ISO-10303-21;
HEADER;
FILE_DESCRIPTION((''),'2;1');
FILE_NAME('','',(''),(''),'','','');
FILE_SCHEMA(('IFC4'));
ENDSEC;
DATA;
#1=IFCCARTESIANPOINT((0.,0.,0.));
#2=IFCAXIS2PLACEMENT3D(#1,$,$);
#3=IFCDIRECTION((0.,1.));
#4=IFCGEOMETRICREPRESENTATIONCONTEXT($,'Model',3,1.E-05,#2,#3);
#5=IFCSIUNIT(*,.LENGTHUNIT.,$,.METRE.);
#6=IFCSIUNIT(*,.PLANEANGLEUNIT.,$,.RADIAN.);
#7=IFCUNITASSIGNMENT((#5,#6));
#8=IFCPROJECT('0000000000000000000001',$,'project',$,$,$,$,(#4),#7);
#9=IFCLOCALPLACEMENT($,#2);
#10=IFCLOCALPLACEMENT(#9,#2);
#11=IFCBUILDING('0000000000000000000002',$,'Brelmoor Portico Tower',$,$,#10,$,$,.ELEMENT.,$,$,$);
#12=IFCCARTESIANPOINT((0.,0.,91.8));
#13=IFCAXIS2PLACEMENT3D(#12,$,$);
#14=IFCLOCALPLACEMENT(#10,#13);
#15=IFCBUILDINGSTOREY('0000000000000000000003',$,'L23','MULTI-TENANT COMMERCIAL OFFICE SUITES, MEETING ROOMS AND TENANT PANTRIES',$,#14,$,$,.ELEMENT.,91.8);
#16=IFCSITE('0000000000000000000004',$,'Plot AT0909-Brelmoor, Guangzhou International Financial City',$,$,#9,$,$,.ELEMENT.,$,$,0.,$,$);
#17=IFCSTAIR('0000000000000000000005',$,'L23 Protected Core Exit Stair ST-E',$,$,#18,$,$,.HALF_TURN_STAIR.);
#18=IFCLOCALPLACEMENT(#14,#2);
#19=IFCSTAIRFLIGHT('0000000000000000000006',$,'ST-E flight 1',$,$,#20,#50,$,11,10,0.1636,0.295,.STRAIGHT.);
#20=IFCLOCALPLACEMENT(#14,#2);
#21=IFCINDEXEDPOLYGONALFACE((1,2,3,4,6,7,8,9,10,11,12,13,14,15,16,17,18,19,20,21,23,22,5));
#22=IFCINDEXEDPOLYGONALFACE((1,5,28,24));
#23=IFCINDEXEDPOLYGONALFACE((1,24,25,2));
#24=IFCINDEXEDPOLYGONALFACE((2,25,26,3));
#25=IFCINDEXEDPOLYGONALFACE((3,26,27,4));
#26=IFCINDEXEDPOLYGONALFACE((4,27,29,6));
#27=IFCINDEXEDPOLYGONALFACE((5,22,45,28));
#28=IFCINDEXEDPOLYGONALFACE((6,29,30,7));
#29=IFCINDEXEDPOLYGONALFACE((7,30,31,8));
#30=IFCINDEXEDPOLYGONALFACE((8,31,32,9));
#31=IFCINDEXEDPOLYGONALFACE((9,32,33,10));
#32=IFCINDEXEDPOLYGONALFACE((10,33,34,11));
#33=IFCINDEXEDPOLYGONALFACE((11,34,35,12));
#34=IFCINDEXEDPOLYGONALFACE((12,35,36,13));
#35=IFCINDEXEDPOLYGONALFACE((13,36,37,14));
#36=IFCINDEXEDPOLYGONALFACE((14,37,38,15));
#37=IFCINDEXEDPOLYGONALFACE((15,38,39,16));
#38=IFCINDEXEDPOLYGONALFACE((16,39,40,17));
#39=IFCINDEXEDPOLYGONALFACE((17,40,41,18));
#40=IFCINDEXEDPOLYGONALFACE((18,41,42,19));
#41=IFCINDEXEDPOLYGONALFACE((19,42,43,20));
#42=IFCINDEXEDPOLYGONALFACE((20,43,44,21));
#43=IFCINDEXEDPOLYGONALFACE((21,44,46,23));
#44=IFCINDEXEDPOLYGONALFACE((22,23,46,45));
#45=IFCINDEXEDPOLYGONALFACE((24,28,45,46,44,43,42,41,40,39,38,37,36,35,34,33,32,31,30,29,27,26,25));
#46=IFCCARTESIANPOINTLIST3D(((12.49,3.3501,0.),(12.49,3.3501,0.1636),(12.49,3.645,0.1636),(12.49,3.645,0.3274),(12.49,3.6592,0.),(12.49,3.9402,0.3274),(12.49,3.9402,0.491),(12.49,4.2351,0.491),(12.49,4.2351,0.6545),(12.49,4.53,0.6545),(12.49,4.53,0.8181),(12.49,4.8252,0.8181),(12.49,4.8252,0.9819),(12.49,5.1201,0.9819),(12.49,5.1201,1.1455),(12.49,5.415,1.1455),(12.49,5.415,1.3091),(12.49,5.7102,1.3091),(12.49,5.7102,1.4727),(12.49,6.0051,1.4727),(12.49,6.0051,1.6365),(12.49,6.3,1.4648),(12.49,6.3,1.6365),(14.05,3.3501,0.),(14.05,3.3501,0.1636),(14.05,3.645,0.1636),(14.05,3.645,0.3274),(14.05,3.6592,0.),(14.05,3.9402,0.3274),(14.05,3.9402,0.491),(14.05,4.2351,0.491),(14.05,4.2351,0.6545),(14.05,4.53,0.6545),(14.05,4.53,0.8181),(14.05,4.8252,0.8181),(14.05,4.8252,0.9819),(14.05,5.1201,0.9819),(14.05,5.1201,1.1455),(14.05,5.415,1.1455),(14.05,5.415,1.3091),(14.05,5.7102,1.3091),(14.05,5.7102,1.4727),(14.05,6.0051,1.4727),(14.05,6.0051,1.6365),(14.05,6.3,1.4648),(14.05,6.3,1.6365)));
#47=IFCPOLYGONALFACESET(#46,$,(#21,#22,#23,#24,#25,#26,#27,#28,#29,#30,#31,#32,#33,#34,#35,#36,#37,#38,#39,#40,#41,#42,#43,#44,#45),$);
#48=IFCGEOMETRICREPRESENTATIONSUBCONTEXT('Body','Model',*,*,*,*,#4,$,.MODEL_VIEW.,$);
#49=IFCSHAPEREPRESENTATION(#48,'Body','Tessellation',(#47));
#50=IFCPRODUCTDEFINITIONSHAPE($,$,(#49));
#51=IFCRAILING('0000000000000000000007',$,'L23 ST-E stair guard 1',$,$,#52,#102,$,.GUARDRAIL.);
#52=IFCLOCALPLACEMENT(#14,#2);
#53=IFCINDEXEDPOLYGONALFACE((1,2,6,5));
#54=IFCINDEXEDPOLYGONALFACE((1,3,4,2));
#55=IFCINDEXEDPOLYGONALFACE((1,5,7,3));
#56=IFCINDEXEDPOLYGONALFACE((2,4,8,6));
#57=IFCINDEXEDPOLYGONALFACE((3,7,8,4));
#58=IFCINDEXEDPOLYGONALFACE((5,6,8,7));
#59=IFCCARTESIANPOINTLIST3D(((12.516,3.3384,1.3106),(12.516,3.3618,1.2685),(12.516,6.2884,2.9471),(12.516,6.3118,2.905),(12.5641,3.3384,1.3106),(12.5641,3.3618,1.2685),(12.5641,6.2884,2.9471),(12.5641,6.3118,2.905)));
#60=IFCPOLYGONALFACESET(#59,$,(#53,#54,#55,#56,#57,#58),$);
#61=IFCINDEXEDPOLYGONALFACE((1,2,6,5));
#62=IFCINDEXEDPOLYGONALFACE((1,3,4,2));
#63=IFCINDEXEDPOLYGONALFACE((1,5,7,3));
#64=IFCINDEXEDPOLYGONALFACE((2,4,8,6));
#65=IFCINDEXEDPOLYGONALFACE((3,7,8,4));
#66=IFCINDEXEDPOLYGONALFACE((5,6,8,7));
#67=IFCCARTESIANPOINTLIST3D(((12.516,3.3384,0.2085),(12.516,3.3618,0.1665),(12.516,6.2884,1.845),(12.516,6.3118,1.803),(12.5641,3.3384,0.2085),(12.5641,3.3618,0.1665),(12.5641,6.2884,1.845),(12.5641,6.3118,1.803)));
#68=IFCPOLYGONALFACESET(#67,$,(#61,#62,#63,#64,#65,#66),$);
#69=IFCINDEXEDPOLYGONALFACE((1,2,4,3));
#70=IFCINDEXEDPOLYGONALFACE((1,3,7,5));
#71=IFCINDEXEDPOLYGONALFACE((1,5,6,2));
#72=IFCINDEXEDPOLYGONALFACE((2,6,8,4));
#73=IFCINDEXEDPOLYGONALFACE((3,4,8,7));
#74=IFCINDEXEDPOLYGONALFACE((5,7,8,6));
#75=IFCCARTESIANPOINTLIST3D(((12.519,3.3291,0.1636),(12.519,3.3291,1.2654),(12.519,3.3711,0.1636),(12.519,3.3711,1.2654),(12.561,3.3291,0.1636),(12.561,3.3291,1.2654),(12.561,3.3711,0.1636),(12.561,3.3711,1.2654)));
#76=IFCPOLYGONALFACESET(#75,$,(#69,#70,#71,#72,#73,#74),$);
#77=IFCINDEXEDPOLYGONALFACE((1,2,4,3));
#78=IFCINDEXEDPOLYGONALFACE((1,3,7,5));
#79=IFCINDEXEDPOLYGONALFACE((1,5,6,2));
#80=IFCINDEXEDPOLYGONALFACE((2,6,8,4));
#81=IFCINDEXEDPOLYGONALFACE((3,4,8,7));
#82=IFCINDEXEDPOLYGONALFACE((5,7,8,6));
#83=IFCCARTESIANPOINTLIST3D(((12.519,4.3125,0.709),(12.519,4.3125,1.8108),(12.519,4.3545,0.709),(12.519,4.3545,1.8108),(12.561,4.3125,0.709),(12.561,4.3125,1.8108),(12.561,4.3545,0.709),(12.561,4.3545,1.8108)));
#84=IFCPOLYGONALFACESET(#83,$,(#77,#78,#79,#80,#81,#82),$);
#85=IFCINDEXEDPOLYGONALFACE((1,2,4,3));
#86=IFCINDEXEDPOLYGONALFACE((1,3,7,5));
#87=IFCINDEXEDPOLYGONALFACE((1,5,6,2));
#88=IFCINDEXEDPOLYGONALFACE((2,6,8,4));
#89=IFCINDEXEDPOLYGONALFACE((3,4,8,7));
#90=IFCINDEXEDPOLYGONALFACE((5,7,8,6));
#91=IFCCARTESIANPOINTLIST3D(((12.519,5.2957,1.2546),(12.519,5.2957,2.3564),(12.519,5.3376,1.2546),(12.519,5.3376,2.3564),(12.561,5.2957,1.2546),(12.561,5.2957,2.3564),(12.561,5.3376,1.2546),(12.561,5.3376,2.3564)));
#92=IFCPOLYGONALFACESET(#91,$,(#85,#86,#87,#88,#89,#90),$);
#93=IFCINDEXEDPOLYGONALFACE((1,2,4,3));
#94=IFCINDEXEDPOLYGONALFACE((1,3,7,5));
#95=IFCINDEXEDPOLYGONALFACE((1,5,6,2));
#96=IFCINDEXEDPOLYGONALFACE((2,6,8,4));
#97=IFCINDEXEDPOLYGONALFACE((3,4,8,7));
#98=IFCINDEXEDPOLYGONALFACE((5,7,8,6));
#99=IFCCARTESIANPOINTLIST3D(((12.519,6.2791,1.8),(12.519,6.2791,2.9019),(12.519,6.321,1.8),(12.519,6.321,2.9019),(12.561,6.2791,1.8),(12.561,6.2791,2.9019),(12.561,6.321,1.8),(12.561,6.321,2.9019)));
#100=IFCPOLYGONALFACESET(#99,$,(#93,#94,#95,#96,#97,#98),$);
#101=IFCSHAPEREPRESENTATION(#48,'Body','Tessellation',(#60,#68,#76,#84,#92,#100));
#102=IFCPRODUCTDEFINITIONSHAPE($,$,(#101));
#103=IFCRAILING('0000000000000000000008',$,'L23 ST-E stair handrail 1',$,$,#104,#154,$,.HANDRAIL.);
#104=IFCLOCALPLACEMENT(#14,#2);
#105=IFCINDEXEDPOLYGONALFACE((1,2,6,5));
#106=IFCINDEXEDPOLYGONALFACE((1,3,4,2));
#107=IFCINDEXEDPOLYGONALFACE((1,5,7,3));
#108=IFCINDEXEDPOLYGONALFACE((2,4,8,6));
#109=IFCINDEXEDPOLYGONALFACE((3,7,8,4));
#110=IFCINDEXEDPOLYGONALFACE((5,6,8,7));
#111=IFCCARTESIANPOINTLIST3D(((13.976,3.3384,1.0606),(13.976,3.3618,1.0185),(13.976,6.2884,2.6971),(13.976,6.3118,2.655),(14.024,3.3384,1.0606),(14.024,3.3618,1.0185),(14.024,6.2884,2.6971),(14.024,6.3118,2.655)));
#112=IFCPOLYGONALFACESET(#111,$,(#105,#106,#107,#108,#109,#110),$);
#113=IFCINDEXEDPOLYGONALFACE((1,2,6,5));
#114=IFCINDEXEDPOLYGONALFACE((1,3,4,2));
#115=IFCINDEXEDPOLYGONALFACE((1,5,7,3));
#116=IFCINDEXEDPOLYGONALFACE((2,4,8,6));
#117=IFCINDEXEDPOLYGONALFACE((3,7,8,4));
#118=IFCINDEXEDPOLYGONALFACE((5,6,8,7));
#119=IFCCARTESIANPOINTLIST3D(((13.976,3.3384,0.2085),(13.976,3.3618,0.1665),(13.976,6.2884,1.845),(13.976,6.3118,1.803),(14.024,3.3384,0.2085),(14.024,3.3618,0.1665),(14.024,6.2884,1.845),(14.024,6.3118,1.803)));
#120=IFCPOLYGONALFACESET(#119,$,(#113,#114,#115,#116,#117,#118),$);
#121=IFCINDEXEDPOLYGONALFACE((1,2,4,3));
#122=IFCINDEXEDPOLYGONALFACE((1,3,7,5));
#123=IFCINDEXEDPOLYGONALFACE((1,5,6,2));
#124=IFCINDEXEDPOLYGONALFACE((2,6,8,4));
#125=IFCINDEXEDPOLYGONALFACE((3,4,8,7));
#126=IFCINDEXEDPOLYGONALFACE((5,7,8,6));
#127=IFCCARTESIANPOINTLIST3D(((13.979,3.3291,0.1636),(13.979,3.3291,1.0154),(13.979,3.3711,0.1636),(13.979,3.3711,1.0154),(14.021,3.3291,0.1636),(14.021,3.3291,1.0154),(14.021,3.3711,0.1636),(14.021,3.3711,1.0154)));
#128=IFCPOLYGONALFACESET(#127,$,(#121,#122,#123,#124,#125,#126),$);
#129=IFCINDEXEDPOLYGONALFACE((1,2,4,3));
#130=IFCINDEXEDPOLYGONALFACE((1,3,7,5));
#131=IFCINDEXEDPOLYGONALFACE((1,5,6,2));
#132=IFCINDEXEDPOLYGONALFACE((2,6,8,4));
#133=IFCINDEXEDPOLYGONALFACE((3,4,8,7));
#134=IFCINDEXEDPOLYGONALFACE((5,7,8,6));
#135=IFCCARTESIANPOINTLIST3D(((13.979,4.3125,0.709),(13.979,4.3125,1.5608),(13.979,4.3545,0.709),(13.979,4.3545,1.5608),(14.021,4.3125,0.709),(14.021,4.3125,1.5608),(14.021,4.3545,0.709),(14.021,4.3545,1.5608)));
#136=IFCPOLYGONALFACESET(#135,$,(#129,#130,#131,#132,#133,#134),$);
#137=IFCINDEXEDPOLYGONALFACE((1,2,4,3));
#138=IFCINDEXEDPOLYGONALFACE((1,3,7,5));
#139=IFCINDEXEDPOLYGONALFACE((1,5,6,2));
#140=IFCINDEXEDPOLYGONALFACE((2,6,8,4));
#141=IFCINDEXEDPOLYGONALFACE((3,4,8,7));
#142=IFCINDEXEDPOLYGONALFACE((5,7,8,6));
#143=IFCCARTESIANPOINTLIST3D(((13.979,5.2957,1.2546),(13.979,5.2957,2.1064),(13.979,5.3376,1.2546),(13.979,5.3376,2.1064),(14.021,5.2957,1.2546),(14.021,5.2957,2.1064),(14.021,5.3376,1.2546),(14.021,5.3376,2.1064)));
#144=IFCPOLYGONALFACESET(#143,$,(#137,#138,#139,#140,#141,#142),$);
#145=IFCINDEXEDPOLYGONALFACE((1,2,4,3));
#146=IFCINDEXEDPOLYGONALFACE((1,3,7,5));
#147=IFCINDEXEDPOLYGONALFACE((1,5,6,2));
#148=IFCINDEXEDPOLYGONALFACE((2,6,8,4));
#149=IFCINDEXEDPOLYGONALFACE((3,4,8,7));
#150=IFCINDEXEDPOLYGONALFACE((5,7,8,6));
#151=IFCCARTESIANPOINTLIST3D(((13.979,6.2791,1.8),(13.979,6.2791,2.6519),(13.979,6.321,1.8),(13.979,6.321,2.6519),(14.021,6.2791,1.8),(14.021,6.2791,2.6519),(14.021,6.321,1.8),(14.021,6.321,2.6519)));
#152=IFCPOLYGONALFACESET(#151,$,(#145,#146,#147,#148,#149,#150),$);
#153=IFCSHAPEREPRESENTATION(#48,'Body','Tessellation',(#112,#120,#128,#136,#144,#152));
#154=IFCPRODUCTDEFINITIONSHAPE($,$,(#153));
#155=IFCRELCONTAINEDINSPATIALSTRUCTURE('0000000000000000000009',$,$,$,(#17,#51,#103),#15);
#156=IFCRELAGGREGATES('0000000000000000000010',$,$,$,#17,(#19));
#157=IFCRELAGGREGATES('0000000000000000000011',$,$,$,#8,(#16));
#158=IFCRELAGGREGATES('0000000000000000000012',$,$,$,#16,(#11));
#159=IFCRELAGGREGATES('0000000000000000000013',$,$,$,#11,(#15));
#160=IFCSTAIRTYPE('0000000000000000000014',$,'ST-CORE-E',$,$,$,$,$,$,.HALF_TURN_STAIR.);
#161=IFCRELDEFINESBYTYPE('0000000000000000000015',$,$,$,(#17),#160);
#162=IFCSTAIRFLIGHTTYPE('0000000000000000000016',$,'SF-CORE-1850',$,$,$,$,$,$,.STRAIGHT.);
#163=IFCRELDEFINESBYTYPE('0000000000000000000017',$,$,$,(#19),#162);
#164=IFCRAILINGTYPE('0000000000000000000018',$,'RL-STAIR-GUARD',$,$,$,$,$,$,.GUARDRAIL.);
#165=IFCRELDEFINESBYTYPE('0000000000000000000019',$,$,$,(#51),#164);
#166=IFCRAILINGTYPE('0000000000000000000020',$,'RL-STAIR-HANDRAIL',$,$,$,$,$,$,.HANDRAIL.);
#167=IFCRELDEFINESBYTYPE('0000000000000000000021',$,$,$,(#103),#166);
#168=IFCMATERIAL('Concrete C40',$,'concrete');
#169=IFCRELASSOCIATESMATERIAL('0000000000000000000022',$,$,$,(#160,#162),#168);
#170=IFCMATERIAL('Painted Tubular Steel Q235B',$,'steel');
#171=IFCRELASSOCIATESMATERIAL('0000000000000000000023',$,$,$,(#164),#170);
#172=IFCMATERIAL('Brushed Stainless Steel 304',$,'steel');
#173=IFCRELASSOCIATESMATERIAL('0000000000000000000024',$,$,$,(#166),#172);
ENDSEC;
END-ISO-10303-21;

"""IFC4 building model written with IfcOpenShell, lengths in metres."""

from ifc_helpers import new_model, si_unit, direction, frame, origin, origin_2d, place, context, subcontext, project, spatial, polyline, rectangle, outline, extrude, material, type_object, element, aggregate, save


model = new_model("IFC4")

# Units and contexts
model_context = context("Model", 3, precision=1e-05, world=origin(), true_north=direction((0.0, 1.0)))
body_context = subcontext(model_context, "Body", "Model", "MODEL_VIEW")
ifc_project = project(units=[si_unit("LENGTHUNIT", "METRE"), si_unit("PLANEANGLEUNIT", "RADIAN")], contexts=[model_context])

# Site, building, storey
site_placement = place(None, origin())
site = spatial("IfcSite", under=ifc_project, at=site_placement, Name="Plot AT0909-Brelmoor, Guangzhou International Financial City", CompositionType="ELEMENT", RefElevation=0.0)
building_placement = place(site_placement, origin())
building = spatial("IfcBuilding", under=site, at=building_placement, Name="Brelmoor Portico Tower", CompositionType="ELEMENT")
storey_placement = place(building_placement, frame((0.0, 0.0, 91.8)))
storey = spatial("IfcBuildingStorey", under=building, at=storey_placement, Name="L23", Description="MULTI-TENANT COMMERCIAL OFFICE SUITES, MEETING ROOMS AND TENANT PANTRIES", CompositionType="ELEMENT", Elevation=91.8)

# Shared definitions
ifc_material_1 = material(Name="Concrete C40", Category="concrete")

# Stair, stair flight
stair_type = type_object("IfcStairType", Name="ST-CORE-E", PredefinedType="HALF_TURN_STAIR", material=ifc_material_1)
stair_placement = place(storey_placement, origin())
stair = element("IfcStair", 1, at=stair_placement, inside=storey, type_object=stair_type, Name="L23 Protected Core Exit Stair ST-E", PredefinedType="HALF_TURN_STAIR")
stair_flight_type = type_object("IfcStairFlightType", Name="SF-CORE-1850", PredefinedType="STRAIGHT", material=ifc_material_1)
stair_flight_placement = place(storey_placement, frame((13.27, 3.3501, 0.0), z_axis=(0.0, 0.0, 1.0), x_axis=(0.0, 1.0, 0.0)))
stair_flight = element("IfcStairFlight", 2, at=stair_flight_placement, type_object=stair_flight_type, Name="ST-E flight 1", NumberOfRisers=11, NumberOfTreads=10, PredefinedType="STRAIGHT", RiserHeight=0.1636, TreadLength=0.295, context=body_context, shape_type="SweptSolid", body=[
    extrude(outline(polyline([(0.0, 0.0), (0.0, 0.1636), (0.2949, 0.1636), (0.2949, 0.3274), (0.5901, 0.3274), (0.5901, 0.491), (0.885, 0.491), (0.885, 0.6545), (1.1799, 0.6545), (1.1799, 0.8181), (1.4751, 0.8181), (1.4751, 0.9819), (1.77, 0.9819), (1.77, 1.1455), (2.0649, 1.1455), (2.0649, 1.3091), (2.3601, 1.3091), (2.3601, 1.4727), (2.655, 1.4727), (2.655, 1.6365), (2.95, 1.6365), (2.95, 1.8), (2.95, 1.4648), (0.3091, 0.0), (0.0, 0.0)])), frame((0.0, 0.78, 0.0), z_axis=(0.0, -1.0, 0.0), x_axis=(1.0, 0.0, 0.0)), (0.0, 0.0, 1.0), 1.5601),
])
aggregate(stair, [stair_flight])

# Railings
ifc_material_2 = material(Name="Painted Tubular Steel Q235B", Category="steel")
railing_type_1 = type_object("IfcRailingType", Name="RL-STAIR-GUARD", PredefinedType="GUARDRAIL", material=ifc_material_2)
railing_1_placement = place(storey_placement, frame((12.54, 3.3501, 0.1636)))
element("IfcRailing", 3, at=railing_1_placement, inside=storey, type_object=railing_type_1, Name="L23 ST-E stair guard 1", PredefinedType="GUARDRAIL", context=body_context, shape_type="SweptSolid", body=[
    extrude(rectangle(XDim=0.0481, YDim=0.0481, at=origin_2d()), frame((0.0, 0.0, 1.126), z_axis=(0.0, 0.874458, 0.485102), x_axis=(-1.0, 0.0, 0.0)), (0.0, 0.0, 1.0), 3.3735),
    extrude(rectangle(XDim=0.0481, YDim=0.0481, at=origin_2d()), frame((0.0, 0.0, 0.0239), z_axis=(0.0, 0.874458, 0.485102), x_axis=(-1.0, 0.0, 0.0)), (0.0, 0.0, 1.0), 3.3735),
    extrude(rectangle(XDim=0.042, YDim=0.042, at=origin_2d()), origin(), (0.0, 0.0, 1.0), 1.1018),
    extrude(rectangle(XDim=0.042, YDim=0.042, at=origin_2d()), frame((0.0, 0.9834, 0.5454)), (0.0, 0.0, 1.0), 1.1018),
    extrude(rectangle(XDim=0.042, YDim=0.042, at=origin_2d()), frame((0.0, 1.9666, 1.0911)), (0.0, 0.0, 1.0), 1.1018),
    extrude(rectangle(XDim=0.042, YDim=0.042, at=origin_2d()), frame((0.0, 2.95, 1.6365)), (0.0, 0.0, 1.0), 1.1018),
])
ifc_material_3 = material(Name="Brushed Stainless Steel 304", Category="steel")
railing_type_2 = type_object("IfcRailingType", Name="RL-STAIR-HANDRAIL", PredefinedType="HANDRAIL", material=ifc_material_3)
railing_2_placement = place(storey_placement, frame((14.0, 3.3501, 0.1636)))
element("IfcRailing", 4, at=railing_2_placement, inside=storey, type_object=railing_type_2, Name="L23 ST-E stair handrail 1", PredefinedType="HANDRAIL", context=body_context, shape_type="SweptSolid", body=[
    extrude(rectangle(XDim=0.0481, YDim=0.0481, at=origin_2d()), frame((0.0, 0.0, 0.876), z_axis=(0.0, 0.874458, 0.485102), x_axis=(-1.0, 0.0, 0.0)), (0.0, 0.0, 1.0), 3.3735),
    extrude(rectangle(XDim=0.0481, YDim=0.0481, at=origin_2d()), frame((0.0, 0.0, 0.0239), z_axis=(0.0, 0.874458, 0.485102), x_axis=(-1.0, 0.0, 0.0)), (0.0, 0.0, 1.0), 3.3735),
    extrude(rectangle(XDim=0.042, YDim=0.042, at=origin_2d()), origin(), (0.0, 0.0, 1.0), 0.8518),
    extrude(rectangle(XDim=0.042, YDim=0.042, at=origin_2d()), frame((0.0, 0.9834, 0.5454)), (0.0, 0.0, 1.0), 0.8518),
    extrude(rectangle(XDim=0.042, YDim=0.042, at=origin_2d()), frame((0.0, 1.9666, 1.0911)), (0.0, 0.0, 1.0), 0.8518),
    extrude(rectangle(XDim=0.042, YDim=0.042, at=origin_2d()), frame((0.0, 2.95, 1.6365)), (0.0, 0.0, 1.0), 0.8518),
])

save(model, "model.ifc")
